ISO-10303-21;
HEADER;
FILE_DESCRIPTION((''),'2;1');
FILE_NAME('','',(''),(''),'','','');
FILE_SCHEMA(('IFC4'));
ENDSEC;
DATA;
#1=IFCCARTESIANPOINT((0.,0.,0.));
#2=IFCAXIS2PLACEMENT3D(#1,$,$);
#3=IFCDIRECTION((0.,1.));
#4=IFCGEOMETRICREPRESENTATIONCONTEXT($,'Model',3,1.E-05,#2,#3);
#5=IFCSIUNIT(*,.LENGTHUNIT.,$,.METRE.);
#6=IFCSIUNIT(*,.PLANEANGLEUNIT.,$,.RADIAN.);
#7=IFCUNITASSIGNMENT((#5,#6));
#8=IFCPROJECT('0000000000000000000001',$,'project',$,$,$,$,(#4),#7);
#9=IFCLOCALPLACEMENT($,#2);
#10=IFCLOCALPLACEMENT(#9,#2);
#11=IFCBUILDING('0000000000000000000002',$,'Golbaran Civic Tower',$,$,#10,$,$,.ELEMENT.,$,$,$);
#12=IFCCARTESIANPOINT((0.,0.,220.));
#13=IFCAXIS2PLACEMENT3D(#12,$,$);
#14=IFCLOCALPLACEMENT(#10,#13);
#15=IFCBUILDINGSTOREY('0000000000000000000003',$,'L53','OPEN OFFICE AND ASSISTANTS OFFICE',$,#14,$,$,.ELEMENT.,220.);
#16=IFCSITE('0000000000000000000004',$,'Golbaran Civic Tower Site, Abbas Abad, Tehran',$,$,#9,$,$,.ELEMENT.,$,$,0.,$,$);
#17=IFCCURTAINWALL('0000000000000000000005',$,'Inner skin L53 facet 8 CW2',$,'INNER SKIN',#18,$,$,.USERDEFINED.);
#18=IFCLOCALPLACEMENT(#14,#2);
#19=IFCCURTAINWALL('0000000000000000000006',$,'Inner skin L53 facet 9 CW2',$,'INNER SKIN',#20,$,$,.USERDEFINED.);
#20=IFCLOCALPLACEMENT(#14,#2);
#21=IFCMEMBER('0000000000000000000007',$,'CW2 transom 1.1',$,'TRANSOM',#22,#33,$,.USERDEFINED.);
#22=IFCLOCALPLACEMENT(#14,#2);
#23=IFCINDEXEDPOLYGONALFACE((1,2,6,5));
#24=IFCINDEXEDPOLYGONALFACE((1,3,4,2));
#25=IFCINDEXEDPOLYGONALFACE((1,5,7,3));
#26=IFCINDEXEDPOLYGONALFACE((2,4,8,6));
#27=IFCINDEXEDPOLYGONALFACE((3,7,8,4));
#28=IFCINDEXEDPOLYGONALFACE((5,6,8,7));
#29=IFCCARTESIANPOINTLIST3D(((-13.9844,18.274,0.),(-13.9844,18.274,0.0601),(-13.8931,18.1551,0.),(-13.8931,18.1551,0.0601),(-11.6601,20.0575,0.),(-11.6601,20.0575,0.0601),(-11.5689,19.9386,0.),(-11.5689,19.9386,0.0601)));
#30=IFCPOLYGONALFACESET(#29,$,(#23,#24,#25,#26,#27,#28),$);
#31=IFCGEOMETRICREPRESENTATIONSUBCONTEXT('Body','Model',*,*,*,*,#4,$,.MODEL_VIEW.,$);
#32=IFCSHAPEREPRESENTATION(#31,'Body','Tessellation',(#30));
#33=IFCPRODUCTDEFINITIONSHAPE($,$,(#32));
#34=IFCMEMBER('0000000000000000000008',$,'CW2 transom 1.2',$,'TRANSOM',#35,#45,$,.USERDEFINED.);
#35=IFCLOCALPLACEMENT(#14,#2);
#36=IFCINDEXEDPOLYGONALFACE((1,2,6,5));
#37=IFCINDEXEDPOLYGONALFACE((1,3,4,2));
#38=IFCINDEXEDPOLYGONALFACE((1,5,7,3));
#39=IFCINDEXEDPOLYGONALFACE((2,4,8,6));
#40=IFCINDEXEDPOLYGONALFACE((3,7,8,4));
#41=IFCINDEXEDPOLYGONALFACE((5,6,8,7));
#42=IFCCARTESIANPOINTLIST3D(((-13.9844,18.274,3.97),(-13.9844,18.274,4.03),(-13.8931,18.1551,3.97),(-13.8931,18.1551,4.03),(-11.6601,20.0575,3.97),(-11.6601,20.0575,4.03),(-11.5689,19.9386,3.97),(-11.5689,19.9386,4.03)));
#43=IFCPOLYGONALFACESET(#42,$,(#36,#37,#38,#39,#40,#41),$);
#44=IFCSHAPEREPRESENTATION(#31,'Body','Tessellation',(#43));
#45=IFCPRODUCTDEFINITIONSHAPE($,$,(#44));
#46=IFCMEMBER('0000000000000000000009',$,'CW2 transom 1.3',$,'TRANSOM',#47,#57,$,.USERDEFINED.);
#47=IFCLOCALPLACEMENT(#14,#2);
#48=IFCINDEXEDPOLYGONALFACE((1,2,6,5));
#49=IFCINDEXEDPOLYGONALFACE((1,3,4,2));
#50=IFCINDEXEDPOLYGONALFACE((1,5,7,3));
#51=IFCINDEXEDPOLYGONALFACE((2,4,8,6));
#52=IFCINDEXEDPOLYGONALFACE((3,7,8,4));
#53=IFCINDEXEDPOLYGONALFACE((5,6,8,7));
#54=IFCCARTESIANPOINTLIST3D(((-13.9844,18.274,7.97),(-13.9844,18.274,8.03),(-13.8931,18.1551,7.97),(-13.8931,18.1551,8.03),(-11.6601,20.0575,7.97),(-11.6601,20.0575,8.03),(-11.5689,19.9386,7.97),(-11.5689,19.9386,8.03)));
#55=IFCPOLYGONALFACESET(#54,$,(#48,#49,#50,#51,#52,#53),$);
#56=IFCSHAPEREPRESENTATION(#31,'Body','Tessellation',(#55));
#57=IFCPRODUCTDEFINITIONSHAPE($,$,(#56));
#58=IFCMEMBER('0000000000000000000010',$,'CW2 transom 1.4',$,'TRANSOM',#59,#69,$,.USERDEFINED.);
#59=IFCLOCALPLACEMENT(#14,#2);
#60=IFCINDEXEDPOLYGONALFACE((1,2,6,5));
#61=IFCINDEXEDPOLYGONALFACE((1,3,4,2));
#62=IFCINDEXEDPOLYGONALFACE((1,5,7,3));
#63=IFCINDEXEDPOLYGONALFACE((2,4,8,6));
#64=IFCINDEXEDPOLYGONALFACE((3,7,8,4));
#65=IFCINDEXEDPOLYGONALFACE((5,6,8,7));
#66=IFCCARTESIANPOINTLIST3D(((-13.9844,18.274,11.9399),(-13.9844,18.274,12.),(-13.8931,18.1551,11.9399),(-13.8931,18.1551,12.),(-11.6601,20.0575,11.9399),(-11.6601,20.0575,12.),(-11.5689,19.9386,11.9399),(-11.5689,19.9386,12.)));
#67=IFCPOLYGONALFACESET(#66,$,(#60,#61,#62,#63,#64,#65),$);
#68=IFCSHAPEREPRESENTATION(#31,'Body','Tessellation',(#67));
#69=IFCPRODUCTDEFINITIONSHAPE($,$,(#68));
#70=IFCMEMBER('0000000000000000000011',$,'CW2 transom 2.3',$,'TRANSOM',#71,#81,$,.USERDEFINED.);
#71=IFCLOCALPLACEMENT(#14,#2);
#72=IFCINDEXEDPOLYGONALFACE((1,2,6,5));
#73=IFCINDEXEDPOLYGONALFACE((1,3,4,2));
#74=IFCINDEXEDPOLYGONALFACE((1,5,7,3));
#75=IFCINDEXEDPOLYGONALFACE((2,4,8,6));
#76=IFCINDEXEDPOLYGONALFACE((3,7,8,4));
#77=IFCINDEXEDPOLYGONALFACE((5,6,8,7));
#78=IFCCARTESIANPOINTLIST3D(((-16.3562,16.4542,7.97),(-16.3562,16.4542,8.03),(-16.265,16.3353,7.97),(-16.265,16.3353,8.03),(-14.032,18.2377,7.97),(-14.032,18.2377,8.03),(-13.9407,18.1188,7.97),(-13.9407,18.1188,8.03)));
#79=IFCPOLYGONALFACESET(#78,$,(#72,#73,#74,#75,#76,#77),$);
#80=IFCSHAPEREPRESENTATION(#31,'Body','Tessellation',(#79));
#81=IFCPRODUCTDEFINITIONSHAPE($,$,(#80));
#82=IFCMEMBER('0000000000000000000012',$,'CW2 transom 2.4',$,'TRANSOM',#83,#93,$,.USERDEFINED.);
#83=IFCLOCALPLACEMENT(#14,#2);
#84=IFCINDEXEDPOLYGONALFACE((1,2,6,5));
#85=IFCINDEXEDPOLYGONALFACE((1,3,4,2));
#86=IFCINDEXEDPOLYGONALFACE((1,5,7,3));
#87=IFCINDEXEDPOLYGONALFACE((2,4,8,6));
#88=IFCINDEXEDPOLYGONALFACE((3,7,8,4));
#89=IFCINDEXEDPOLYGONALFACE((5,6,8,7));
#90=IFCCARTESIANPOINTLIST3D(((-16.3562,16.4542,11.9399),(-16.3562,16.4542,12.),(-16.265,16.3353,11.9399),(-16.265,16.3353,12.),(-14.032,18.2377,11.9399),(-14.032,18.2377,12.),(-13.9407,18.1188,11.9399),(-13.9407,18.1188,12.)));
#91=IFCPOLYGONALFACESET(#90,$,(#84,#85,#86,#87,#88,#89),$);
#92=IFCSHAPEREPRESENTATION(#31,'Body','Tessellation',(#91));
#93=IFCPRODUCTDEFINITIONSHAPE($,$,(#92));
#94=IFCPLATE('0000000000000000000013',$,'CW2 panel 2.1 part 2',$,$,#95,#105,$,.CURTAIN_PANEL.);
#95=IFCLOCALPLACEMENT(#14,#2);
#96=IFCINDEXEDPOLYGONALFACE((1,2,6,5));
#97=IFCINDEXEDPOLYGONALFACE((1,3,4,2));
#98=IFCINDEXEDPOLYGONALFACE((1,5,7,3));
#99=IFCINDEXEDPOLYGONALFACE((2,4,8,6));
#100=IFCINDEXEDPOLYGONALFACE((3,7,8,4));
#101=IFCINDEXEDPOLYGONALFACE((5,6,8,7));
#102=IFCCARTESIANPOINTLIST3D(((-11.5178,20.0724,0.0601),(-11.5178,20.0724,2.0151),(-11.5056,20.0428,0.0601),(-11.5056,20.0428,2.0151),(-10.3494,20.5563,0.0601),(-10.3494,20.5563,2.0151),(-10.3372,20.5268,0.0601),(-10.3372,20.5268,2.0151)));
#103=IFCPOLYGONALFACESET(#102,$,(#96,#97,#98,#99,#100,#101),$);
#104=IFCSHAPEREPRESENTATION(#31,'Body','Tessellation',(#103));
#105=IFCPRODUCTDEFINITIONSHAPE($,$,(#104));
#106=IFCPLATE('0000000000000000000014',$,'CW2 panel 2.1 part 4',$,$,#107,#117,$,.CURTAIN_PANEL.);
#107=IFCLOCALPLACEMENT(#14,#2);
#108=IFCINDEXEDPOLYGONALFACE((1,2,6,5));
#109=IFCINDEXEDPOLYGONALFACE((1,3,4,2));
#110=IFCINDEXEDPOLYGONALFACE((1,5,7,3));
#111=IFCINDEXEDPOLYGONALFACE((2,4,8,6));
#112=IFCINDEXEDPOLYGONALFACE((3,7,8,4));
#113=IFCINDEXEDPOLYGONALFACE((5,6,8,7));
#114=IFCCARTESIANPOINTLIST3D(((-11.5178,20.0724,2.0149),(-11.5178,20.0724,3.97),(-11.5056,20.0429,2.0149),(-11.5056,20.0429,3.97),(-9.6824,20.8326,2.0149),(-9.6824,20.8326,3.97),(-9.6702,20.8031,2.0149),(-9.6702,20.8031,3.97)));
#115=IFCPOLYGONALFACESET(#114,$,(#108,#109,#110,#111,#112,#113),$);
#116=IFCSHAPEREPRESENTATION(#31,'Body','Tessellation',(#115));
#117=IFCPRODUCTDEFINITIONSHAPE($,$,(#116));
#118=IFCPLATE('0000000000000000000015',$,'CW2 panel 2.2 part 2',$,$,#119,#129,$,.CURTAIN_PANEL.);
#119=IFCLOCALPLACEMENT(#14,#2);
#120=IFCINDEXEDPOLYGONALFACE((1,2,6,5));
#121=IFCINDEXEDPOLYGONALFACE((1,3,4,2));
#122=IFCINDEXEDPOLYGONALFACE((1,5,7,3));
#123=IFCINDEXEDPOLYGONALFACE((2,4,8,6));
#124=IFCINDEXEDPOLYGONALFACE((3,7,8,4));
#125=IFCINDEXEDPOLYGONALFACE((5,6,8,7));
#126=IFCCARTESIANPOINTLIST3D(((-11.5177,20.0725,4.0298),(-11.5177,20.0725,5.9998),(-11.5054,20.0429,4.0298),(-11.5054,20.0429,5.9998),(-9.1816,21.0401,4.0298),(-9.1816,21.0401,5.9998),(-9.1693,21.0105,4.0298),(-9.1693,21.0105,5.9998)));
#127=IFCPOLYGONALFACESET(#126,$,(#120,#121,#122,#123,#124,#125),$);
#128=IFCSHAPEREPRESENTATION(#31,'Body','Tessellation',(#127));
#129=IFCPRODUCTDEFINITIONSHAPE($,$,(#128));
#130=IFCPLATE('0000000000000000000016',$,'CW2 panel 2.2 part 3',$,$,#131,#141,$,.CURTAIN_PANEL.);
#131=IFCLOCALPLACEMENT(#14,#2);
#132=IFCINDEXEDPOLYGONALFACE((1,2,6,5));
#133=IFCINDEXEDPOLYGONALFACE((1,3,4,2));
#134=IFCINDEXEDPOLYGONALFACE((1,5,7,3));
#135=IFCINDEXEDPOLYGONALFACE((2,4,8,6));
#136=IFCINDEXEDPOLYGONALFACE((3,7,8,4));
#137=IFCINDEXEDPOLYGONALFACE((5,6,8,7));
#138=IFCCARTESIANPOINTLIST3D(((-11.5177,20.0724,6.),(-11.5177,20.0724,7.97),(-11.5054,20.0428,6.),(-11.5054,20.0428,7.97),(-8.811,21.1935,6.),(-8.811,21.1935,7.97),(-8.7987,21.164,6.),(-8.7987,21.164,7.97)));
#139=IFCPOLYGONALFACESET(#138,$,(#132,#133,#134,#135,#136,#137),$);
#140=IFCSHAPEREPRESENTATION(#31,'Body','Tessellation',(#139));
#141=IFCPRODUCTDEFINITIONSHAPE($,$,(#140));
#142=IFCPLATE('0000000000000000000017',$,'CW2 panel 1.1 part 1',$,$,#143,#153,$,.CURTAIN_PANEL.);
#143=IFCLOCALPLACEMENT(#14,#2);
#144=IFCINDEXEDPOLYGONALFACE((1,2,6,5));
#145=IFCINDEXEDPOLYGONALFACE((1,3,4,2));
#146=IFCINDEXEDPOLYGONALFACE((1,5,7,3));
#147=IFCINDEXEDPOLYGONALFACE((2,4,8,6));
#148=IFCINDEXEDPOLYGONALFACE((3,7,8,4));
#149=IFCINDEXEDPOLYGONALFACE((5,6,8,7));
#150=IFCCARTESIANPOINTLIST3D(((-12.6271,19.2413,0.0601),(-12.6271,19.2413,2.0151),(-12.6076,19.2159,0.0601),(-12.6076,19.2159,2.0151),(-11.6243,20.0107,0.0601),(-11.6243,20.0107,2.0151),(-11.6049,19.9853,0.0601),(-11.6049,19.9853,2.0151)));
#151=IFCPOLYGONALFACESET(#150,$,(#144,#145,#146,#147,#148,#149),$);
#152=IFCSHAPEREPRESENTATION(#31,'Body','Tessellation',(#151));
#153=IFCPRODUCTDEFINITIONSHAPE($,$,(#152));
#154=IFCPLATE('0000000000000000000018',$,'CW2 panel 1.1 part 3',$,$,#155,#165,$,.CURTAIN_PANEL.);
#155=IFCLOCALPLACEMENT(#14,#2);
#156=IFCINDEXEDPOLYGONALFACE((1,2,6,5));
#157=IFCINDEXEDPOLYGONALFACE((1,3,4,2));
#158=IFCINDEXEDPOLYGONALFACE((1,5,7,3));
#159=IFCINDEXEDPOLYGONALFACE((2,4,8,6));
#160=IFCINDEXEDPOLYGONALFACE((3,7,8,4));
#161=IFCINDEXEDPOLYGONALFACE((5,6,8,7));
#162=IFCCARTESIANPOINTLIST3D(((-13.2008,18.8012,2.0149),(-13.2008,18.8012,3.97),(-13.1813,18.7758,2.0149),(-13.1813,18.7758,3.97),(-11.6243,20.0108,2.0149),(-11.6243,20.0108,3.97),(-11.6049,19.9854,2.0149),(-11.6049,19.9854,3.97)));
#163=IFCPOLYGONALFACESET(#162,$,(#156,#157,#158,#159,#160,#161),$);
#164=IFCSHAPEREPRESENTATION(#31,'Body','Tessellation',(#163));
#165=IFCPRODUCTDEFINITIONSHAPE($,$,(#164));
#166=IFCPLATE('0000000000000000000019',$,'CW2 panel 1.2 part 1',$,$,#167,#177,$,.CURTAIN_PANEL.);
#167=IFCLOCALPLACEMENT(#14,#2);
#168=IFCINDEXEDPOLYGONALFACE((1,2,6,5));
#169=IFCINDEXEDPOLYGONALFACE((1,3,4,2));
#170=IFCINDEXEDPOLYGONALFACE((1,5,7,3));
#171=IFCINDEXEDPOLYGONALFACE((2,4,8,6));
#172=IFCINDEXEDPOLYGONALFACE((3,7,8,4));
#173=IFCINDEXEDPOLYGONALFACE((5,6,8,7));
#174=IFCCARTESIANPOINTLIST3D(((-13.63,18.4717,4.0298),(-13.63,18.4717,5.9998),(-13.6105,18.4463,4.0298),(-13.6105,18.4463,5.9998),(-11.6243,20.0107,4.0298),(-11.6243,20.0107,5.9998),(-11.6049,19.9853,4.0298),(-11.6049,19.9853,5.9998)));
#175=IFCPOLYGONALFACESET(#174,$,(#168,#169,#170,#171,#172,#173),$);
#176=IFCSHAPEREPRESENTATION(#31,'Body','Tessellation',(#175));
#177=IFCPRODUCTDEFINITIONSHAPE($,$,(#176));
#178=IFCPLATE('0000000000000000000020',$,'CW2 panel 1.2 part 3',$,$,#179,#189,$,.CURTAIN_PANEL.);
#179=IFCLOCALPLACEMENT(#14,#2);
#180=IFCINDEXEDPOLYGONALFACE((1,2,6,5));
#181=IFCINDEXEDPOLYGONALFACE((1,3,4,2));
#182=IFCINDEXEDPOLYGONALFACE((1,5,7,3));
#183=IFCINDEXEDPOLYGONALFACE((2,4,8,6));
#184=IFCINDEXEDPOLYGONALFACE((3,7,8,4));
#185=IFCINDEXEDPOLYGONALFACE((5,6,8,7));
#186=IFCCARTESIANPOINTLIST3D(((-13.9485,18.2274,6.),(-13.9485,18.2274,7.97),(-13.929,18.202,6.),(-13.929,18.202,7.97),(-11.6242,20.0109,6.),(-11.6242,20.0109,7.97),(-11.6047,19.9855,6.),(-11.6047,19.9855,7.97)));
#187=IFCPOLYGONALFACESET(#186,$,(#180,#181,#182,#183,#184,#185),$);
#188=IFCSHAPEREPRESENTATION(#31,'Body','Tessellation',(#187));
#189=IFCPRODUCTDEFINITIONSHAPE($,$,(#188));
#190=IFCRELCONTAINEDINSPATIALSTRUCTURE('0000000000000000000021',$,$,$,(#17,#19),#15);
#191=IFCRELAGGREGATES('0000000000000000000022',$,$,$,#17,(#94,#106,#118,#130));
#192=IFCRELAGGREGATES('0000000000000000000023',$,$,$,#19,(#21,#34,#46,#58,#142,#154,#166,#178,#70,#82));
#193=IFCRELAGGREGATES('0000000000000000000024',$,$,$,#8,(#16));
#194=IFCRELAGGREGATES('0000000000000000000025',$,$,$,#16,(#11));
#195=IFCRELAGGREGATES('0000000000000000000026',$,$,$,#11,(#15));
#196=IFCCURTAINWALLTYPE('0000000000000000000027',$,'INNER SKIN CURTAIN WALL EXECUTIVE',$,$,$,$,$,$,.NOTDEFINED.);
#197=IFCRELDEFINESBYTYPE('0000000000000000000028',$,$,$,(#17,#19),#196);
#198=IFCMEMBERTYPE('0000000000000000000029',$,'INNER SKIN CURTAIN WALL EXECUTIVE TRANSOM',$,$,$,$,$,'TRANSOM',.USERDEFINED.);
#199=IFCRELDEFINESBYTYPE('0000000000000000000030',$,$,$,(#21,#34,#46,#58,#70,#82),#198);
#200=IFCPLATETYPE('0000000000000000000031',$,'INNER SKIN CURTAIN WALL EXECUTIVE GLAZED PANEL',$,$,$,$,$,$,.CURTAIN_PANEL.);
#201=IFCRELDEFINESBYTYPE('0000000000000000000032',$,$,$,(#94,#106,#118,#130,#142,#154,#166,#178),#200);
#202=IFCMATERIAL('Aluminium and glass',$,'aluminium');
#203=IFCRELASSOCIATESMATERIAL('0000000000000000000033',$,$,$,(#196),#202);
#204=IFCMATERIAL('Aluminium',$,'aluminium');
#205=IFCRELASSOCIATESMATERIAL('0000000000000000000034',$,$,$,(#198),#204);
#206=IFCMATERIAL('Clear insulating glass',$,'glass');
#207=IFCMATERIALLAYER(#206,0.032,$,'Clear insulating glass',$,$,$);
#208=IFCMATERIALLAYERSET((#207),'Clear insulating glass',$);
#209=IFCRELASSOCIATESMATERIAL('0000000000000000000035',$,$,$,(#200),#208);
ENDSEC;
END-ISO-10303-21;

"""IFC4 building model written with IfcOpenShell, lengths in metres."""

from ifc_helpers import new_model, si_unit, direction, frame, origin, origin_2d, place, context, subcontext, project, spatial, rectangle, extrude, material, layer, layer_set, material_profile, profile_set, type_object, element, aggregate, save


model = new_model("IFC4")

# Units and contexts
model_context = context("Model", 3, precision=1e-05, world=origin(), true_north=direction((0.0, 1.0)))
body_context = subcontext(model_context, "Body", "Model", "MODEL_VIEW")
ifc_project = project(units=[si_unit("LENGTHUNIT", "METRE"), si_unit("PLANEANGLEUNIT", "RADIAN")], contexts=[model_context])

# Site, building, storey
site_placement = place(None, origin())
site = spatial("IfcSite", under=ifc_project, at=site_placement, Name="Golbaran Civic Tower Site, Abbas Abad, Tehran", CompositionType="ELEMENT", RefElevation=0.0)
building_placement = place(site_placement, origin())
building = spatial("IfcBuilding", under=site, at=building_placement, Name="Golbaran Civic Tower", CompositionType="ELEMENT")
storey_placement = place(building_placement, frame((0.0, 0.0, 220.0)))
storey = spatial("IfcBuildingStorey", under=building, at=storey_placement, Name="L53", Description="OPEN OFFICE AND ASSISTANTS OFFICE", CompositionType="ELEMENT", Elevation=220.0)

# Curtain wall
ifc_material_1 = material(Name="Aluminium and glass", Category="aluminium")
curtain_wall_type = type_object("IfcCurtainWallType", Name="INNER SKIN CURTAIN WALL EXECUTIVE", PredefinedType="NOTDEFINED", material=ifc_material_1)
curtain_wall_1_placement = place(storey_placement, origin())
curtain_wall_1 = element("IfcCurtainWall", 1, at=curtain_wall_1_placement, inside=storey, type_object=curtain_wall_type, Name="Inner skin L53 facet 8 CW2", ObjectType="INNER SKIN", PredefinedType="USERDEFINED")
ifc_material_2 = material(Name="Aluminium", Category="aluminium")

# Curtain wall, members
curtain_wall_2_placement = place(storey_placement, origin())
curtain_wall_2 = element("IfcCurtainWall", 2, at=curtain_wall_2_placement, inside=storey, type_object=curtain_wall_type, Name="Inner skin L53 facet 9 CW2", ObjectType="INNER SKIN", PredefinedType="USERDEFINED")
ifc_material_profile_1 = material_profile(ifc_material_2, rectangle(XDim=0.1499, YDim=0.0601, at=origin_2d()), Name="INNER SKIN CURTAIN WALL EXECUTIVE TRANSOM")
ifc_profile_set_1 = profile_set([ifc_material_profile_1], Name="Aluminium")
member_type_1 = type_object("IfcMemberType", Name="INNER SKIN CURTAIN WALL EXECUTIVE TRANSOM", ElementType="TRANSOM", PredefinedType="USERDEFINED", material=ifc_profile_set_1)
member_1_placement = place(storey_placement, frame((-11.6145, 19.998, 0.03), z_axis=(-0.793351, -0.608764, 0.0), x_axis=(0.608764, -0.793351, 0.0)))
member_1 = element("IfcMember", 3, at=member_1_placement, type_object=member_type_1, Name="CW2 transom 1.1", ObjectType="TRANSOM", PredefinedType="USERDEFINED", context=body_context, shape_type="SweptSolid", body=[
    extrude(rectangle(XDim=0.1499, YDim=0.0601, at=origin_2d()), origin(), (0.0, 0.0, 1.0), 2.9297),
])
member_2_placement = place(storey_placement, frame((-11.6145, 19.998, 4.0), z_axis=(-0.793351, -0.608764, 0.0), x_axis=(0.608764, -0.793351, 0.0)))
member_2 = element("IfcMember", 4, at=member_2_placement, type_object=member_type_1, Name="CW2 transom 1.2", ObjectType="TRANSOM", PredefinedType="USERDEFINED", context=body_context, shape_type="SweptSolid", body=[
    extrude(rectangle(XDim=0.1499, YDim=0.0601, at=origin_2d()), origin(), (0.0, 0.0, 1.0), 2.9297),
])
member_3_placement = place(storey_placement, frame((-11.6145, 19.998, 8.0), z_axis=(-0.793351, -0.608764, 0.0), x_axis=(0.608764, -0.793351, 0.0)))
member_3 = element("IfcMember", 5, at=member_3_placement, type_object=member_type_1, Name="CW2 transom 1.3", ObjectType="TRANSOM", PredefinedType="USERDEFINED", context=body_context, shape_type="SweptSolid", body=[
    extrude(rectangle(XDim=0.1499, YDim=0.0601, at=origin_2d()), origin(), (0.0, 0.0, 1.0), 2.9297),
])
member_4_placement = place(storey_placement, frame((-11.6145, 19.998, 11.97), z_axis=(-0.793351, -0.608764, 0.0), x_axis=(0.608764, -0.793351, 0.0)))
member_4 = element("IfcMember", 6, at=member_4_placement, type_object=member_type_1, Name="CW2 transom 1.4", ObjectType="TRANSOM", PredefinedType="USERDEFINED", context=body_context, shape_type="SweptSolid", body=[
    extrude(rectangle(XDim=0.1499, YDim=0.0601, at=origin_2d()), origin(), (0.0, 0.0, 1.0), 2.9297),
])
member_5_placement = place(storey_placement, frame((-13.9863, 18.1782, 8.0), z_axis=(-0.793351, -0.608764, 0.0), x_axis=(0.608764, -0.793351, 0.0)))
member_5 = element("IfcMember", 7, at=member_5_placement, type_object=member_type_1, Name="CW2 transom 2.3", ObjectType="TRANSOM", PredefinedType="USERDEFINED", context=body_context, shape_type="SweptSolid", body=[
    extrude(rectangle(XDim=0.1499, YDim=0.0601, at=origin_2d()), origin(), (0.0, 0.0, 1.0), 2.9297),
])
member_6_placement = place(storey_placement, frame((-13.9863, 18.1782, 11.97), z_axis=(-0.793351, -0.608764, 0.0), x_axis=(0.608764, -0.793351, 0.0)))
member_6 = element("IfcMember", 8, at=member_6_placement, type_object=member_type_1, Name="CW2 transom 2.4", ObjectType="TRANSOM", PredefinedType="USERDEFINED", context=body_context, shape_type="SweptSolid", body=[
    extrude(rectangle(XDim=0.1499, YDim=0.0601, at=origin_2d()), origin(), (0.0, 0.0, 1.0), 2.9297),
])

# Plates
ifc_material_3 = material(Name="Clear insulating glass", Category="glass")
ifc_layer_1 = layer(ifc_material_3, 0.032, Name="Clear insulating glass")
ifc_layer_set_1 = layer_set([ifc_layer_1], Name="Clear insulating glass")
plate_type_1 = type_object("IfcPlateType", Name="INNER SKIN CURTAIN WALL EXECUTIVE GLAZED PANEL", PredefinedType="CURTAIN_PANEL", material=ifc_layer_set_1)
plate_1_placement = place(storey_placement, frame((-10.9275, 20.2996, 0.0601), z_axis=(0.0, 0.0, 1.0), x_axis=(-0.92388, -0.382683, 0.0)))
plate_1 = element("IfcPlate", 9, at=plate_1_placement, type_object=plate_type_1, Name="CW2 panel 2.1 part 2", PredefinedType="CURTAIN_PANEL", context=body_context, shape_type="SweptSolid", body=[
    extrude(rectangle(XDim=1.2646, YDim=0.032, at=origin_2d()), origin(), (0.0, 0.0, 1.0), 1.9551),
])
plate_2_placement = place(storey_placement, frame((-10.594, 20.4377, 2.0149), z_axis=(0.0, 0.0, 1.0), x_axis=(-0.92388, -0.382683, 0.0)))
plate_2 = element("IfcPlate", 10, at=plate_2_placement, type_object=plate_type_1, Name="CW2 panel 2.1 part 4", PredefinedType="CURTAIN_PANEL", context=body_context, shape_type="SweptSolid", body=[
    extrude(rectangle(XDim=1.9866, YDim=0.032, at=origin_2d()), origin(), (0.0, 0.0, 1.0), 1.9551),
])
plate_3_placement = place(storey_placement, frame((-10.3435, 20.5415, 4.0298), z_axis=(0.0, 0.0, 1.0), x_axis=(-0.92388, -0.382683, 0.0)))
plate_3 = element("IfcPlate", 11, at=plate_3_placement, type_object=plate_type_1, Name="CW2 panel 2.2 part 2", PredefinedType="CURTAIN_PANEL", context=body_context, shape_type="SweptSolid", body=[
    extrude(rectangle(XDim=2.5286, YDim=0.032, at=origin_2d()), origin(), (0.0, 0.0, 1.0), 1.97),
])
plate_4_placement = place(storey_placement, frame((-10.1582, 20.6182, 6.0), z_axis=(0.0, 0.0, 1.0), x_axis=(-0.92388, -0.382683, 0.0)))
plate_4 = element("IfcPlate", 12, at=plate_4_placement, type_object=plate_type_1, Name="CW2 panel 2.2 part 3", PredefinedType="CURTAIN_PANEL", context=body_context, shape_type="SweptSolid", body=[
    extrude(rectangle(XDim=2.9297, YDim=0.032, at=origin_2d()), origin(), (0.0, 0.0, 1.0), 1.97),
])
aggregate(curtain_wall_1, [plate_1, plate_2, plate_3, plate_4])
plate_5_placement = place(storey_placement, frame((-12.116, 19.6133, 0.0601), z_axis=(0.0, 0.0, 1.0), x_axis=(-0.793353, -0.608761, 0.0)))
plate_5 = element("IfcPlate", 13, at=plate_5_placement, type_object=plate_type_1, Name="CW2 panel 1.1 part 1", PredefinedType="CURTAIN_PANEL", context=body_context, shape_type="SweptSolid", body=[
    extrude(rectangle(XDim=1.2639, YDim=0.032, at=origin_2d()), origin(), (0.0, 0.0, 1.0), 1.9551),
])
plate_6_placement = place(storey_placement, frame((-12.4028, 19.3933, 2.0149), z_axis=(0.0, 0.0, 1.0), x_axis=(-0.793353, -0.608761, 0.0)))
plate_6 = element("IfcPlate", 14, at=plate_6_placement, type_object=plate_type_1, Name="CW2 panel 1.1 part 3", PredefinedType="CURTAIN_PANEL", context=body_context, shape_type="SweptSolid", body=[
    extrude(rectangle(XDim=1.9871, YDim=0.032, at=origin_2d()), origin(), (0.0, 0.0, 1.0), 1.9551),
])
plate_7_placement = place(storey_placement, frame((-12.6174, 19.2285, 4.0298), z_axis=(0.0, 0.0, 1.0), x_axis=(-0.793353, -0.608761, 0.0)))
plate_7 = element("IfcPlate", 15, at=plate_7_placement, type_object=plate_type_1, Name="CW2 panel 1.2 part 1", PredefinedType="CURTAIN_PANEL", context=body_context, shape_type="SweptSolid", body=[
    extrude(rectangle(XDim=2.5281, YDim=0.032, at=origin_2d()), origin(), (0.0, 0.0, 1.0), 1.97),
])
plate_8_placement = place(storey_placement, frame((-12.7766, 19.1064, 6.0), z_axis=(0.0, 0.0, 1.0), x_axis=(-0.793353, -0.608761, 0.0)))
plate_8 = element("IfcPlate", 16, at=plate_8_placement, type_object=plate_type_1, Name="CW2 panel 1.2 part 3", PredefinedType="CURTAIN_PANEL", context=body_context, shape_type="SweptSolid", body=[
    extrude(rectangle(XDim=2.9297, YDim=0.032, at=origin_2d()), origin(), (0.0, 0.0, 1.0), 1.97),
])
aggregate(curtain_wall_2, [member_1, member_2, member_3, member_4, plate_5, plate_6, plate_7, plate_8, member_5, member_6])

save(model, "model.ifc")
